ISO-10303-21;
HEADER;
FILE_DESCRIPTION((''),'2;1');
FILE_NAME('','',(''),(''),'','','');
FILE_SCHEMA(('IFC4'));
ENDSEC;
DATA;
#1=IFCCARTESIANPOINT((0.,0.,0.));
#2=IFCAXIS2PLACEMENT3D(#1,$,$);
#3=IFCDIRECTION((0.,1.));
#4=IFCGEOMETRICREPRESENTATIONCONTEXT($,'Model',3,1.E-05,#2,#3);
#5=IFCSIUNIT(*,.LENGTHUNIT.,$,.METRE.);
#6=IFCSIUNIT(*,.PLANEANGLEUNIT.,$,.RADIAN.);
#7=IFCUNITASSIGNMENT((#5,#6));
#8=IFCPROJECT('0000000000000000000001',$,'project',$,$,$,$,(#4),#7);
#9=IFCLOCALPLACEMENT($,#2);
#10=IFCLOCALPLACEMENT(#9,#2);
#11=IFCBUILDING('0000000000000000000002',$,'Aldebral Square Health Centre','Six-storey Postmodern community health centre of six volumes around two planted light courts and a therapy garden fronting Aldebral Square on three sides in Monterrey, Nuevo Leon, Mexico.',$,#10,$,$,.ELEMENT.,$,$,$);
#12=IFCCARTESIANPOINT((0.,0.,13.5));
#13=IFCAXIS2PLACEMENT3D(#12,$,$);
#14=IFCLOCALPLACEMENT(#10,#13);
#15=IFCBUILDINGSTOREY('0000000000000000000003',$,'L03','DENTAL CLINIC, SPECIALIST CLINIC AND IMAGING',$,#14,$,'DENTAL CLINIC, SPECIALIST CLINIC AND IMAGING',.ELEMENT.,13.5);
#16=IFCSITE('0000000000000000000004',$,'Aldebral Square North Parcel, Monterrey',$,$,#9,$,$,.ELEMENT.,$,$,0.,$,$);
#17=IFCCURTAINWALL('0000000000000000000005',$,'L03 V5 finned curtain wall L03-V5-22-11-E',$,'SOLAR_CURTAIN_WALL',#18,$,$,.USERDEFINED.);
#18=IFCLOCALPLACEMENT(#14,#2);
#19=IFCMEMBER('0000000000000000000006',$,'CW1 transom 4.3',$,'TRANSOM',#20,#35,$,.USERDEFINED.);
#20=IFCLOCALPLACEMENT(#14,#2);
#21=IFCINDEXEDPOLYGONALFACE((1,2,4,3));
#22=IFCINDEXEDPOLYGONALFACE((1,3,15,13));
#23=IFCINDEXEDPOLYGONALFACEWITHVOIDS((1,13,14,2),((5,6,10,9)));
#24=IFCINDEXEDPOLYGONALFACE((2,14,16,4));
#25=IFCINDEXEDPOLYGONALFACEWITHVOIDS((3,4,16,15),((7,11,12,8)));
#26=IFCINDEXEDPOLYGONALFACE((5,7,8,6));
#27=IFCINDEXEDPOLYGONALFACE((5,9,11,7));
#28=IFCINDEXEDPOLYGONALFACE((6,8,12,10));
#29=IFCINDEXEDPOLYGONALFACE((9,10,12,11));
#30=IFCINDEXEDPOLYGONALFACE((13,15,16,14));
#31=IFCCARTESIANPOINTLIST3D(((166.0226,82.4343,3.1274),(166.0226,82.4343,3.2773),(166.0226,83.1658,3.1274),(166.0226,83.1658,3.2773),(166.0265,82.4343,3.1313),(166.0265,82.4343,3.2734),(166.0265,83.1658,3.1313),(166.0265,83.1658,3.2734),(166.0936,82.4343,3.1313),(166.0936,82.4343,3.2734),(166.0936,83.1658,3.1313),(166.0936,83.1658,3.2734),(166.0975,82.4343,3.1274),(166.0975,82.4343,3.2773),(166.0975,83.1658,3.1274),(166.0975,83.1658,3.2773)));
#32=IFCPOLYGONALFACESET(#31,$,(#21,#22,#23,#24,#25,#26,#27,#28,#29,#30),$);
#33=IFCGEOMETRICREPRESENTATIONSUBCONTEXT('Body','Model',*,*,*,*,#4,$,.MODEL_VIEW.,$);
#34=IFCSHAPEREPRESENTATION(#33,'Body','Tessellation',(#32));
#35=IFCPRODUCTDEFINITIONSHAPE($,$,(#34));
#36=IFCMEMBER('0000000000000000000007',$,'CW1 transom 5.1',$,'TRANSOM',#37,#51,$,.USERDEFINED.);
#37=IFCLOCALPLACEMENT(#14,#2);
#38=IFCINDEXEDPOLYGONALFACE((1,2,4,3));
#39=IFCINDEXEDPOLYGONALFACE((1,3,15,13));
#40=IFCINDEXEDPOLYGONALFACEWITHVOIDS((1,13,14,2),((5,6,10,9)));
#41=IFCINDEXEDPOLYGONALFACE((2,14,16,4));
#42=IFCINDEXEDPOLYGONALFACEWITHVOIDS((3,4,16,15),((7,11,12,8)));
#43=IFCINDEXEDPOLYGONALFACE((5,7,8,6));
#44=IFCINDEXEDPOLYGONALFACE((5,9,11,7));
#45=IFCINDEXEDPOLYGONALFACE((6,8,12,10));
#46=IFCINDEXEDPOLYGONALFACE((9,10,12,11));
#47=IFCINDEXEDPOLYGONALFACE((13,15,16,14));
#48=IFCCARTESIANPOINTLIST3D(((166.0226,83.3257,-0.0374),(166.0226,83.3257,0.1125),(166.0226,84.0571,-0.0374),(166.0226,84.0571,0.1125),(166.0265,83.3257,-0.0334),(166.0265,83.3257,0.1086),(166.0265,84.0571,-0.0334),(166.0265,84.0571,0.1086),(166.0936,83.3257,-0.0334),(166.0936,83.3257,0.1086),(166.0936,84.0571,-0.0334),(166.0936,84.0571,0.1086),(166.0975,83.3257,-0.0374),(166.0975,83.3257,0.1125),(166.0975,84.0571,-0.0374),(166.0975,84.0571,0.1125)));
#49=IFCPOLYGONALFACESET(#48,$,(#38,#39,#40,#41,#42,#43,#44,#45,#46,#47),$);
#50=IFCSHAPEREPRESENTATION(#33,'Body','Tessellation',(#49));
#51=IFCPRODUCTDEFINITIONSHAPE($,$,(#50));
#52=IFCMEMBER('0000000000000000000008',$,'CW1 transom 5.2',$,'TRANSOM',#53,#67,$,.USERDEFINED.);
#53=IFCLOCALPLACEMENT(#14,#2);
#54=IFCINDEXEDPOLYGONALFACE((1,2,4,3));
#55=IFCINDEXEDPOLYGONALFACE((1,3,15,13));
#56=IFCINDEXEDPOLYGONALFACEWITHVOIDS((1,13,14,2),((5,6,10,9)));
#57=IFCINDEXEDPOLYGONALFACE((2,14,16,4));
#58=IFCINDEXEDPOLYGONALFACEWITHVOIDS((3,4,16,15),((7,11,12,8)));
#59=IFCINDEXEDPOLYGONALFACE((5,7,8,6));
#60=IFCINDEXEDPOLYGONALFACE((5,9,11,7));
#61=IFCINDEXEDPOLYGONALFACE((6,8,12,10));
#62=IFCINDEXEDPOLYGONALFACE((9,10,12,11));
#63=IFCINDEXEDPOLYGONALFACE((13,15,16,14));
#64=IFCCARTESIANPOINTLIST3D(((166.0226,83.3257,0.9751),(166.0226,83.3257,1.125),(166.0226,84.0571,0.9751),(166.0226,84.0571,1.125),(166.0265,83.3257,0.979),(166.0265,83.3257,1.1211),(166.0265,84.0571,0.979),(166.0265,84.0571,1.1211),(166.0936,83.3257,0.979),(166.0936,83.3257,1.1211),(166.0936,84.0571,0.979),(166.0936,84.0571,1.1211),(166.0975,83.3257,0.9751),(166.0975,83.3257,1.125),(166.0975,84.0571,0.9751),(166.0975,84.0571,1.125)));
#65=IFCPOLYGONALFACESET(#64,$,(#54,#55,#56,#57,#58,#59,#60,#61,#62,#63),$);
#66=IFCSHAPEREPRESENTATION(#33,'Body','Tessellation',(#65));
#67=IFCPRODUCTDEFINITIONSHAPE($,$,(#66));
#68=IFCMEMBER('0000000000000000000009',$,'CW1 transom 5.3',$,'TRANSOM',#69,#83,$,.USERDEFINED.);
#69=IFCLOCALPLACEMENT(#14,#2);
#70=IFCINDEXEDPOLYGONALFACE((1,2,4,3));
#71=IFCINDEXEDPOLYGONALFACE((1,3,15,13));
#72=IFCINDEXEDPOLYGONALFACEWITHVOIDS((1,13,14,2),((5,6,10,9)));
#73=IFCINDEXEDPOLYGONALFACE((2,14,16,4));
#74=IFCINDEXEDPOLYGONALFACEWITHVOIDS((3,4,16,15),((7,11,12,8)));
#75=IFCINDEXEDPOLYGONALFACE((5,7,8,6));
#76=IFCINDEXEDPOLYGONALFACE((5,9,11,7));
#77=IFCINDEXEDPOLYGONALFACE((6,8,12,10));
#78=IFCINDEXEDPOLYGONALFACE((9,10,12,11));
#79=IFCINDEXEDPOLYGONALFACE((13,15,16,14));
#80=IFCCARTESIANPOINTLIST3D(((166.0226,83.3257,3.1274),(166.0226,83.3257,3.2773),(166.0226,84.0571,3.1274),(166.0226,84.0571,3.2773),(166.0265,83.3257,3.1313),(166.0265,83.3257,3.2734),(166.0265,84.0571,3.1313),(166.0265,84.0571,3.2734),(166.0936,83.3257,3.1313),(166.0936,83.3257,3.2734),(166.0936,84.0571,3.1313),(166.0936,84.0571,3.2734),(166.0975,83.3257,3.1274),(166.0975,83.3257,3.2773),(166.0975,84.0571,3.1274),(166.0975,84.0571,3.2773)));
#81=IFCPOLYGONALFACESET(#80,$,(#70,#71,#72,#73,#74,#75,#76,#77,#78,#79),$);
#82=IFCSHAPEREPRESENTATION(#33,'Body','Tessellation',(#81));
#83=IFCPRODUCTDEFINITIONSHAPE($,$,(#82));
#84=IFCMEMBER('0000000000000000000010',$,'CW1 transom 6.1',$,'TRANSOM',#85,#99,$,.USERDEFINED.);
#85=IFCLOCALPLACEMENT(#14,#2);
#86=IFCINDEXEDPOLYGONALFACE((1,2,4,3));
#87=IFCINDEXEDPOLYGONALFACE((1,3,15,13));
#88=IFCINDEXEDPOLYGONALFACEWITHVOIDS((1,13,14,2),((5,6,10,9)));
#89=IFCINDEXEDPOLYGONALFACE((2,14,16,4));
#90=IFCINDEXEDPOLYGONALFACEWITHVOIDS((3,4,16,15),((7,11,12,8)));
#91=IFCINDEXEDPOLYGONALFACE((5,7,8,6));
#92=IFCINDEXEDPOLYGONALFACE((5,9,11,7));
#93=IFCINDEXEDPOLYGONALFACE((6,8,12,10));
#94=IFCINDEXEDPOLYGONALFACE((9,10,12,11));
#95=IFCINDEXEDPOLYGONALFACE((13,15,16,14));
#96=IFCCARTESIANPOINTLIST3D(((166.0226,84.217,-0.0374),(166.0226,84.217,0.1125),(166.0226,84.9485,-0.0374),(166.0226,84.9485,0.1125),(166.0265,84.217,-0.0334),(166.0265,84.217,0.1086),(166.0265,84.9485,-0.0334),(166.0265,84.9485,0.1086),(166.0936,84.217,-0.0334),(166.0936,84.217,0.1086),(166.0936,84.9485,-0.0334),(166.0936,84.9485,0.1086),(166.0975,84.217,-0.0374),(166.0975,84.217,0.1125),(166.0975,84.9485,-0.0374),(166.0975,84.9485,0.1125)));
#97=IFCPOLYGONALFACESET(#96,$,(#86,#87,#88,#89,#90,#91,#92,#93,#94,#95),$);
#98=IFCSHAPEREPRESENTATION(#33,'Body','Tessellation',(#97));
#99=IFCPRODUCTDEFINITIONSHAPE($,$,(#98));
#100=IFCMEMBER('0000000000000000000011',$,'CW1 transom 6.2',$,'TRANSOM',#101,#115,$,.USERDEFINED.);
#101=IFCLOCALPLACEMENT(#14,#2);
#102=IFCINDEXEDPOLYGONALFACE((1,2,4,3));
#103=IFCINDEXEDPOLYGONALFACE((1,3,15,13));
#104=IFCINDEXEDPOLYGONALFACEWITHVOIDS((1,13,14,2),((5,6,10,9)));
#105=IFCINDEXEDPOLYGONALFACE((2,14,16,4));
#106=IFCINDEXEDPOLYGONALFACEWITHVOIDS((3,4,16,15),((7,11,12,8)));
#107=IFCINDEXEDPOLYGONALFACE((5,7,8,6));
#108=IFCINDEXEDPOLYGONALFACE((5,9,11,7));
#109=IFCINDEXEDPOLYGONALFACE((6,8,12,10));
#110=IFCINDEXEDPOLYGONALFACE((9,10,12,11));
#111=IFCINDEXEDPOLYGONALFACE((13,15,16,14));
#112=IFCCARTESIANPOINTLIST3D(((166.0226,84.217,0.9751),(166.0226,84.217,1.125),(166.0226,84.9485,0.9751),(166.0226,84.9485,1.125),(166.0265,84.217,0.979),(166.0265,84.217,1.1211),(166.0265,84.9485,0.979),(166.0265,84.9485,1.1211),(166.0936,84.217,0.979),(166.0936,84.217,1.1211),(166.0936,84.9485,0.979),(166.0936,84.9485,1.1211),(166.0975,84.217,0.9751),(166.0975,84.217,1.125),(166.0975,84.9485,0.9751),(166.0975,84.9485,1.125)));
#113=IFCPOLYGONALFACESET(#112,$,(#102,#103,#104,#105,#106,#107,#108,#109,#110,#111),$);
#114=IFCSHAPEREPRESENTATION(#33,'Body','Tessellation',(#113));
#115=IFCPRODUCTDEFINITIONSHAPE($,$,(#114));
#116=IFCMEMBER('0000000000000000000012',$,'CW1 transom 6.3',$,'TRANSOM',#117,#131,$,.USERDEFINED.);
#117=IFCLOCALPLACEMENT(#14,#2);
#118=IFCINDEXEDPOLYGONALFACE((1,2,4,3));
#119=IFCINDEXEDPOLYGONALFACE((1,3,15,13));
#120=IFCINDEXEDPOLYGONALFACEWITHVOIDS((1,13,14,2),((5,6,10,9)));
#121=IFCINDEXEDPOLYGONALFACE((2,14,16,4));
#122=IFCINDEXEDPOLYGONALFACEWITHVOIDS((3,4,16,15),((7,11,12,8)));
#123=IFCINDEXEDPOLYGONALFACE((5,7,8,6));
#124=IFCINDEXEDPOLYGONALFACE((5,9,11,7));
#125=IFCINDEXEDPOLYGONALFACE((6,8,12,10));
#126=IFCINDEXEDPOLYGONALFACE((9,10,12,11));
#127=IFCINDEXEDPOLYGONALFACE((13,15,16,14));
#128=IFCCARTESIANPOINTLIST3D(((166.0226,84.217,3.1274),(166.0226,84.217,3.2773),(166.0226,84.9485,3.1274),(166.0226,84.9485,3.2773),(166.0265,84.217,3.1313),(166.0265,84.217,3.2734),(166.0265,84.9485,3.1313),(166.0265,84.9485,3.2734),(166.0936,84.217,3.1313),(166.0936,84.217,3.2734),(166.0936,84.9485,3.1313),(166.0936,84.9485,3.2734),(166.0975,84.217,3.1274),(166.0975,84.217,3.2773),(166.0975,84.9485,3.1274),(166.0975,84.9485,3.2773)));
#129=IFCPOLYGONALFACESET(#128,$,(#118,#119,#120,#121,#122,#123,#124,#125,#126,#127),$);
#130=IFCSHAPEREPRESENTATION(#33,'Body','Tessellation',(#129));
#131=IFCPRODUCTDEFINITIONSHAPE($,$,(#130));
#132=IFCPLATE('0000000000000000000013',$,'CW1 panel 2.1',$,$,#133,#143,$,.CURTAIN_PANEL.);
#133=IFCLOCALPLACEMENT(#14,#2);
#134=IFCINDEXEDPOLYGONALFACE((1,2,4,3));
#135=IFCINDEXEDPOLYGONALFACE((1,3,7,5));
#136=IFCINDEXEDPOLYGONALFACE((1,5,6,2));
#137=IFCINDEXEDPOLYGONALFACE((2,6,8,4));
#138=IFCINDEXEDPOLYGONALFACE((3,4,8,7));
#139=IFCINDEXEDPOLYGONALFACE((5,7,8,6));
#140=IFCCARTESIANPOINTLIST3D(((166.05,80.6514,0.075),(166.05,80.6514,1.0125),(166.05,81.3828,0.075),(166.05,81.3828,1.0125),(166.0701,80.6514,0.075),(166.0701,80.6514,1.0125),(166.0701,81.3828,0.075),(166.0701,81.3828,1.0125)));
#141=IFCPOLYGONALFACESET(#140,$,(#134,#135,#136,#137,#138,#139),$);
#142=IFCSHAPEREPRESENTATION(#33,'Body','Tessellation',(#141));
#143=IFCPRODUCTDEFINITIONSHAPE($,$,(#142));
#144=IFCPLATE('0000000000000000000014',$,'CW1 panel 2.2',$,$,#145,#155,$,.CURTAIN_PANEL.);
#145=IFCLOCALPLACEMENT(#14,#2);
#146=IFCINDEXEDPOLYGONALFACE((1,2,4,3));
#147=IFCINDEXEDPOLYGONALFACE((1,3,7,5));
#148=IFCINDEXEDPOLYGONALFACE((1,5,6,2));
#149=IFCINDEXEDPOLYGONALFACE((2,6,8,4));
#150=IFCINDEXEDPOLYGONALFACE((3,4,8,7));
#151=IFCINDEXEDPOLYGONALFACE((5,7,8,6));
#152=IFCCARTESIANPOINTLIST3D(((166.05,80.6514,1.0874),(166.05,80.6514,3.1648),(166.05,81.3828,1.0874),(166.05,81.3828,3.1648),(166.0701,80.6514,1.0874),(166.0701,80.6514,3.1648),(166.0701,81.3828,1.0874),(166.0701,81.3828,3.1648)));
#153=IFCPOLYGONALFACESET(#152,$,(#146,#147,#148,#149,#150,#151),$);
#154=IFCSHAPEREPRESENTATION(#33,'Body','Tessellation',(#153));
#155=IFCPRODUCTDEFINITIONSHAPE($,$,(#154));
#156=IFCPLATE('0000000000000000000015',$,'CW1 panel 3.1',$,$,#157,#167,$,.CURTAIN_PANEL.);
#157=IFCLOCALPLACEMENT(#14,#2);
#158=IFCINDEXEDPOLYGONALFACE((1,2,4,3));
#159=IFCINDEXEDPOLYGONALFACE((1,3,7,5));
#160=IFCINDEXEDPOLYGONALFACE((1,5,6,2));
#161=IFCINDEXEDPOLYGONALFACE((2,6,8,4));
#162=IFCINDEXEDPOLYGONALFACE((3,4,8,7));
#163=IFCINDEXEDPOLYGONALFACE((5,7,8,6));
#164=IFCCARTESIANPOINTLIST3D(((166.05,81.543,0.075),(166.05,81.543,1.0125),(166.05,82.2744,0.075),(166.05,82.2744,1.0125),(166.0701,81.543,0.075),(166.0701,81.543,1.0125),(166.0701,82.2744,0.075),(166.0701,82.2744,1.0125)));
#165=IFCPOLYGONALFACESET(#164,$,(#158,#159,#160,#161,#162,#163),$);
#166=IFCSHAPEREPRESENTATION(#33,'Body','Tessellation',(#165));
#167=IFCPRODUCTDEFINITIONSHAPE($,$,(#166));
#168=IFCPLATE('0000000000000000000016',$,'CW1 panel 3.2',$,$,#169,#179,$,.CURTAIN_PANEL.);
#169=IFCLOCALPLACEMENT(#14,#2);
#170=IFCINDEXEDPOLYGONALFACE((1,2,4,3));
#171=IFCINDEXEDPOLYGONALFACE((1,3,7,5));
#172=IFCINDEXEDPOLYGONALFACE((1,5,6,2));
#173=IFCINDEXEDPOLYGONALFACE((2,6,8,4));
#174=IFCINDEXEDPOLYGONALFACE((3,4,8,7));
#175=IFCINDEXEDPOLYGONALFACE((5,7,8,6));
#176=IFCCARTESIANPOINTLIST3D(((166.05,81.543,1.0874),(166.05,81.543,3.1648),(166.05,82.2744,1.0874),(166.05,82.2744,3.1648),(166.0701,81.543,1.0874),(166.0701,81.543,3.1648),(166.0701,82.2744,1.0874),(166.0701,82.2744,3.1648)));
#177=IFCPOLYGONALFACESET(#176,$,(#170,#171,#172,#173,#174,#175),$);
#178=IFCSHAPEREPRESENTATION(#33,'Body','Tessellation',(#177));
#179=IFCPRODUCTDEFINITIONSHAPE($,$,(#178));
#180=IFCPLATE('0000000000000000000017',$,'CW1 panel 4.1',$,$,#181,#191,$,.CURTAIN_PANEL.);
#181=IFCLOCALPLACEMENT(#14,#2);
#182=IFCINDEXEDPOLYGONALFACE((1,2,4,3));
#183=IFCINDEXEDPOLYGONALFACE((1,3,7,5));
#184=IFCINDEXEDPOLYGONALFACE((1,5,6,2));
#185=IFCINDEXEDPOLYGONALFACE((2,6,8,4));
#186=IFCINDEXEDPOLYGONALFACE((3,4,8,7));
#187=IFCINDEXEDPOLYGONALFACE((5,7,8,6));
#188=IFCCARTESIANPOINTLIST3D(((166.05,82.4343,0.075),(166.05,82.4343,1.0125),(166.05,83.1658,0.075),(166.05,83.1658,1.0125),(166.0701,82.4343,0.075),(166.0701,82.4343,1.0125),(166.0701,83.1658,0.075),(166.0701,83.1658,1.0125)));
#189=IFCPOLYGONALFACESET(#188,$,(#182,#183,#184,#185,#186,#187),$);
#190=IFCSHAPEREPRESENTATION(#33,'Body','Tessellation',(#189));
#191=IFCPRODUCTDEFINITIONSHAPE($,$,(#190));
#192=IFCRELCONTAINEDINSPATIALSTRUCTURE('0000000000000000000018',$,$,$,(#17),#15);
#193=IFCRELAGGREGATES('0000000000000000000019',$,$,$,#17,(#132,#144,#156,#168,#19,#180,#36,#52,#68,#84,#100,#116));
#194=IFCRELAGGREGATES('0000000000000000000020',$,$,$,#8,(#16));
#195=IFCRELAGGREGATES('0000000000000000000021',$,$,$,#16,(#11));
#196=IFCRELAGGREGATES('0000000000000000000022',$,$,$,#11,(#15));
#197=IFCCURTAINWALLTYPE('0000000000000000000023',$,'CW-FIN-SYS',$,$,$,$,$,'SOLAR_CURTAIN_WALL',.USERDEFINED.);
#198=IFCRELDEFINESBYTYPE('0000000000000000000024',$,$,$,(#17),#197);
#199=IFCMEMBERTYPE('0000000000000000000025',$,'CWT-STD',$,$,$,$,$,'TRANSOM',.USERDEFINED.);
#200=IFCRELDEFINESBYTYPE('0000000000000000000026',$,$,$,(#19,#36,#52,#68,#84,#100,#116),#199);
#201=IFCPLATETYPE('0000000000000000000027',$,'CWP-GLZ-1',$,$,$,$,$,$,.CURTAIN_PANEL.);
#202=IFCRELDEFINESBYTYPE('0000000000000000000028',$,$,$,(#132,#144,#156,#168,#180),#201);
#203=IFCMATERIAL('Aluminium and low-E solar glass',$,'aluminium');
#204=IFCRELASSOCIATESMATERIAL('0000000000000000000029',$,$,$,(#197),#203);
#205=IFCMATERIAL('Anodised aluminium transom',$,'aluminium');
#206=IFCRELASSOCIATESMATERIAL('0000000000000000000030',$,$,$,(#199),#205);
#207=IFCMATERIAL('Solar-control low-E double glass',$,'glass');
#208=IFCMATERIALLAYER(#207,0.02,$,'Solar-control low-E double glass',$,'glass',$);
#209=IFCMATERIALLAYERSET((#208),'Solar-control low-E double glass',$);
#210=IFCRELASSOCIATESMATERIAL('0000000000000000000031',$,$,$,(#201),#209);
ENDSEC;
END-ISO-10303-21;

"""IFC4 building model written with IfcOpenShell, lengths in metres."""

from ifc_helpers import new_model, si_unit, direction, frame, origin, origin_2d, place, context, subcontext, project, spatial, rectangle, hollow_rectangle, extrude, material, layer, layer_set, material_profile, profile_set, type_object, element, aggregate, save


model = new_model("IFC4")

# Units and contexts
model_context = context("Model", 3, precision=1e-05, world=origin(), true_north=direction((0.0, 1.0)))
body_context = subcontext(model_context, "Body", "Model", "MODEL_VIEW")
ifc_project = project(units=[si_unit("LENGTHUNIT", "METRE"), si_unit("PLANEANGLEUNIT", "RADIAN")], contexts=[model_context])

# Site, building, storey
site_placement = place(None, origin())
site = spatial("IfcSite", under=ifc_project, at=site_placement, Name="Aldebral Square North Parcel, Monterrey", CompositionType="ELEMENT", RefElevation=0.0)
building_placement = place(site_placement, origin())
building = spatial("IfcBuilding", under=site, at=building_placement, Name="Aldebral Square Health Centre", Description="Six-storey Postmodern community health centre of six volumes around two planted light courts and a therapy garden fronting Aldebral Square on three sides in Monterrey, Nuevo Leon, Mexico.", CompositionType="ELEMENT")
storey_placement = place(building_placement, frame((0.0, 0.0, 13.5)))
storey = spatial("IfcBuildingStorey", under=building, at=storey_placement, Name="L03", Description="DENTAL CLINIC, SPECIALIST CLINIC AND IMAGING", LongName="DENTAL CLINIC, SPECIALIST CLINIC AND IMAGING", CompositionType="ELEMENT", Elevation=13.5)

# Curtain wall, members, plates
ifc_material_1 = material(Name="Aluminium and low-E solar glass", Category="aluminium")
curtain_wall_type = type_object("IfcCurtainWallType", Name="CW-FIN-SYS", ElementType="SOLAR_CURTAIN_WALL", PredefinedType="USERDEFINED", material=ifc_material_1)
curtain_wall_placement = place(storey_placement, origin())
curtain_wall = element("IfcCurtainWall", 1, at=curtain_wall_placement, inside=storey, type_object=curtain_wall_type, Name="L03 V5 finned curtain wall L03-V5-22-11-E", ObjectType="SOLAR_CURTAIN_WALL", PredefinedType="USERDEFINED")
ifc_material_2 = material(Name="Anodised aluminium transom", Category="aluminium")
ifc_material_profile_1 = material_profile(ifc_material_2, hollow_rectangle(XDim=0.075, YDim=0.1499, WallThickness=0.0039, at=origin_2d()), Name="CWT 75x150x4")
ifc_profile_set_1 = profile_set([ifc_material_profile_1], Name="Anodised aluminium transom")
member_type_1 = type_object("IfcMemberType", Name="CWT-STD", ElementType="TRANSOM", PredefinedType="USERDEFINED", material=ifc_profile_set_1)
member_1_placement = place(storey_placement, frame((166.0601, 82.4343, 3.2024), z_axis=(0.0, 1.0, 0.0), x_axis=(-1.0, 0.0, 0.0)))
member_1 = element("IfcMember", 2, at=member_1_placement, type_object=member_type_1, Name="CW1 transom 4.3", ObjectType="TRANSOM", PredefinedType="USERDEFINED", context=body_context, shape_type="SweptSolid", body=[
    extrude(hollow_rectangle(XDim=0.075, YDim=0.1499, WallThickness=0.0039, at=origin_2d()), origin(), (0.0, 0.0, 1.0), 0.7314),
])
member_2_placement = place(storey_placement, frame((166.0601, 83.3257, 0.0376), z_axis=(0.0, 1.0, 0.0), x_axis=(-1.0, 0.0, 0.0)))
member_2 = element("IfcMember", 3, at=member_2_placement, type_object=member_type_1, Name="CW1 transom 5.1", ObjectType="TRANSOM", PredefinedType="USERDEFINED", context=body_context, shape_type="SweptSolid", body=[
    extrude(hollow_rectangle(XDim=0.075, YDim=0.1499, WallThickness=0.0039, at=origin_2d()), origin(), (0.0, 0.0, 1.0), 0.7314),
])
member_3_placement = place(storey_placement, frame((166.0601, 83.3257, 1.05), z_axis=(0.0, 1.0, 0.0), x_axis=(-1.0, 0.0, 0.0)))
member_3 = element("IfcMember", 4, at=member_3_placement, type_object=member_type_1, Name="CW1 transom 5.2", ObjectType="TRANSOM", PredefinedType="USERDEFINED", context=body_context, shape_type="SweptSolid", body=[
    extrude(hollow_rectangle(XDim=0.075, YDim=0.1499, WallThickness=0.0039, at=origin_2d()), origin(), (0.0, 0.0, 1.0), 0.7314),
])
member_4_placement = place(storey_placement, frame((166.0601, 83.3257, 3.2024), z_axis=(0.0, 1.0, 0.0), x_axis=(-1.0, 0.0, 0.0)))
member_4 = element("IfcMember", 5, at=member_4_placement, type_object=member_type_1, Name="CW1 transom 5.3", ObjectType="TRANSOM", PredefinedType="USERDEFINED", context=body_context, shape_type="SweptSolid", body=[
    extrude(hollow_rectangle(XDim=0.075, YDim=0.1499, WallThickness=0.0039, at=origin_2d()), origin(), (0.0, 0.0, 1.0), 0.7314),
])
member_5_placement = place(storey_placement, frame((166.0601, 84.217, 0.0376), z_axis=(0.0, 1.0, 0.0), x_axis=(-1.0, 0.0, 0.0)))
member_5 = element("IfcMember", 6, at=member_5_placement, type_object=member_type_1, Name="CW1 transom 6.1", ObjectType="TRANSOM", PredefinedType="USERDEFINED", context=body_context, shape_type="SweptSolid", body=[
    extrude(hollow_rectangle(XDim=0.075, YDim=0.1499, WallThickness=0.0039, at=origin_2d()), origin(), (0.0, 0.0, 1.0), 0.7314),
])
member_6_placement = place(storey_placement, frame((166.0601, 84.217, 1.05), z_axis=(0.0, 1.0, 0.0), x_axis=(-1.0, 0.0, 0.0)))
member_6 = element("IfcMember", 7, at=member_6_placement, type_object=member_type_1, Name="CW1 transom 6.2", ObjectType="TRANSOM", PredefinedType="USERDEFINED", context=body_context, shape_type="SweptSolid", body=[
    extrude(hollow_rectangle(XDim=0.075, YDim=0.1499, WallThickness=0.0039, at=origin_2d()), origin(), (0.0, 0.0, 1.0), 0.7314),
])
member_7_placement = place(storey_placement, frame((166.0601, 84.217, 3.2024), z_axis=(0.0, 1.0, 0.0), x_axis=(-1.0, 0.0, 0.0)))
member_7 = element("IfcMember", 8, at=member_7_placement, type_object=member_type_1, Name="CW1 transom 6.3", ObjectType="TRANSOM", PredefinedType="USERDEFINED", context=body_context, shape_type="SweptSolid", body=[
    extrude(hollow_rectangle(XDim=0.075, YDim=0.1499, WallThickness=0.0039, at=origin_2d()), origin(), (0.0, 0.0, 1.0), 0.7314),
])
ifc_material_3 = material(Name="Solar-control low-E double glass", Category="glass")
ifc_layer = layer(ifc_material_3, 0.02, Name="Solar-control low-E double glass", Category="glass")
ifc_layer_set = layer_set([ifc_layer], Name="Solar-control low-E double glass")
plate_type = type_object("IfcPlateType", Name="CWP-GLZ-1", PredefinedType="CURTAIN_PANEL", material=ifc_layer_set)
plate_1_placement = place(storey_placement, frame((166.0601, 81.0171, 0.075), z_axis=(0.0, 0.0, 1.0), x_axis=(0.0, 1.0, 0.0)))
plate_1 = element("IfcPlate", 9, at=plate_1_placement, type_object=plate_type, Name="CW1 panel 2.1", PredefinedType="CURTAIN_PANEL", context=body_context, shape_type="SweptSolid", body=[
    extrude(rectangle(XDim=0.7314, YDim=0.02, at=origin_2d()), origin(), (0.0, 0.0, 1.0), 0.9375),
])
plate_2_placement = place(storey_placement, frame((166.0601, 81.0171, 1.0874), z_axis=(0.0, 0.0, 1.0), x_axis=(0.0, 1.0, 0.0)))
plate_2 = element("IfcPlate", 10, at=plate_2_placement, type_object=plate_type, Name="CW1 panel 2.2", PredefinedType="CURTAIN_PANEL", context=body_context, shape_type="SweptSolid", body=[
    extrude(rectangle(XDim=0.7314, YDim=0.02, at=origin_2d()), origin(), (0.0, 0.0, 1.0), 2.0774),
])
plate_3_placement = place(storey_placement, frame((166.0601, 81.9087, 0.075), z_axis=(0.0, 0.0, 1.0), x_axis=(0.0, 1.0, 0.0)))
plate_3 = element("IfcPlate", 11, at=plate_3_placement, type_object=plate_type, Name="CW1 panel 3.1", PredefinedType="CURTAIN_PANEL", context=body_context, shape_type="SweptSolid", body=[
    extrude(rectangle(XDim=0.7314, YDim=0.02, at=origin_2d()), origin(), (0.0, 0.0, 1.0), 0.9375),
])
plate_4_placement = place(storey_placement, frame((166.0601, 81.9087, 1.0874), z_axis=(0.0, 0.0, 1.0), x_axis=(0.0, 1.0, 0.0)))
plate_4 = element("IfcPlate", 12, at=plate_4_placement, type_object=plate_type, Name="CW1 panel 3.2", PredefinedType="CURTAIN_PANEL", context=body_context, shape_type="SweptSolid", body=[
    extrude(rectangle(XDim=0.7314, YDim=0.02, at=origin_2d()), origin(), (0.0, 0.0, 1.0), 2.0774),
])
plate_5_placement = place(storey_placement, frame((166.0601, 82.8, 0.075), z_axis=(0.0, 0.0, 1.0), x_axis=(0.0, 1.0, 0.0)))
plate_5 = element("IfcPlate", 13, at=plate_5_placement, type_object=plate_type, Name="CW1 panel 4.1", PredefinedType="CURTAIN_PANEL", context=body_context, shape_type="SweptSolid", body=[
    extrude(rectangle(XDim=0.7314, YDim=0.02, at=origin_2d()), origin(), (0.0, 0.0, 1.0), 0.9375),
])
aggregate(curtain_wall, [plate_1, plate_2, plate_3, plate_4, member_1, plate_5, member_2, member_3, member_4, member_5, member_6, member_7])

save(model, "model.ifc")
